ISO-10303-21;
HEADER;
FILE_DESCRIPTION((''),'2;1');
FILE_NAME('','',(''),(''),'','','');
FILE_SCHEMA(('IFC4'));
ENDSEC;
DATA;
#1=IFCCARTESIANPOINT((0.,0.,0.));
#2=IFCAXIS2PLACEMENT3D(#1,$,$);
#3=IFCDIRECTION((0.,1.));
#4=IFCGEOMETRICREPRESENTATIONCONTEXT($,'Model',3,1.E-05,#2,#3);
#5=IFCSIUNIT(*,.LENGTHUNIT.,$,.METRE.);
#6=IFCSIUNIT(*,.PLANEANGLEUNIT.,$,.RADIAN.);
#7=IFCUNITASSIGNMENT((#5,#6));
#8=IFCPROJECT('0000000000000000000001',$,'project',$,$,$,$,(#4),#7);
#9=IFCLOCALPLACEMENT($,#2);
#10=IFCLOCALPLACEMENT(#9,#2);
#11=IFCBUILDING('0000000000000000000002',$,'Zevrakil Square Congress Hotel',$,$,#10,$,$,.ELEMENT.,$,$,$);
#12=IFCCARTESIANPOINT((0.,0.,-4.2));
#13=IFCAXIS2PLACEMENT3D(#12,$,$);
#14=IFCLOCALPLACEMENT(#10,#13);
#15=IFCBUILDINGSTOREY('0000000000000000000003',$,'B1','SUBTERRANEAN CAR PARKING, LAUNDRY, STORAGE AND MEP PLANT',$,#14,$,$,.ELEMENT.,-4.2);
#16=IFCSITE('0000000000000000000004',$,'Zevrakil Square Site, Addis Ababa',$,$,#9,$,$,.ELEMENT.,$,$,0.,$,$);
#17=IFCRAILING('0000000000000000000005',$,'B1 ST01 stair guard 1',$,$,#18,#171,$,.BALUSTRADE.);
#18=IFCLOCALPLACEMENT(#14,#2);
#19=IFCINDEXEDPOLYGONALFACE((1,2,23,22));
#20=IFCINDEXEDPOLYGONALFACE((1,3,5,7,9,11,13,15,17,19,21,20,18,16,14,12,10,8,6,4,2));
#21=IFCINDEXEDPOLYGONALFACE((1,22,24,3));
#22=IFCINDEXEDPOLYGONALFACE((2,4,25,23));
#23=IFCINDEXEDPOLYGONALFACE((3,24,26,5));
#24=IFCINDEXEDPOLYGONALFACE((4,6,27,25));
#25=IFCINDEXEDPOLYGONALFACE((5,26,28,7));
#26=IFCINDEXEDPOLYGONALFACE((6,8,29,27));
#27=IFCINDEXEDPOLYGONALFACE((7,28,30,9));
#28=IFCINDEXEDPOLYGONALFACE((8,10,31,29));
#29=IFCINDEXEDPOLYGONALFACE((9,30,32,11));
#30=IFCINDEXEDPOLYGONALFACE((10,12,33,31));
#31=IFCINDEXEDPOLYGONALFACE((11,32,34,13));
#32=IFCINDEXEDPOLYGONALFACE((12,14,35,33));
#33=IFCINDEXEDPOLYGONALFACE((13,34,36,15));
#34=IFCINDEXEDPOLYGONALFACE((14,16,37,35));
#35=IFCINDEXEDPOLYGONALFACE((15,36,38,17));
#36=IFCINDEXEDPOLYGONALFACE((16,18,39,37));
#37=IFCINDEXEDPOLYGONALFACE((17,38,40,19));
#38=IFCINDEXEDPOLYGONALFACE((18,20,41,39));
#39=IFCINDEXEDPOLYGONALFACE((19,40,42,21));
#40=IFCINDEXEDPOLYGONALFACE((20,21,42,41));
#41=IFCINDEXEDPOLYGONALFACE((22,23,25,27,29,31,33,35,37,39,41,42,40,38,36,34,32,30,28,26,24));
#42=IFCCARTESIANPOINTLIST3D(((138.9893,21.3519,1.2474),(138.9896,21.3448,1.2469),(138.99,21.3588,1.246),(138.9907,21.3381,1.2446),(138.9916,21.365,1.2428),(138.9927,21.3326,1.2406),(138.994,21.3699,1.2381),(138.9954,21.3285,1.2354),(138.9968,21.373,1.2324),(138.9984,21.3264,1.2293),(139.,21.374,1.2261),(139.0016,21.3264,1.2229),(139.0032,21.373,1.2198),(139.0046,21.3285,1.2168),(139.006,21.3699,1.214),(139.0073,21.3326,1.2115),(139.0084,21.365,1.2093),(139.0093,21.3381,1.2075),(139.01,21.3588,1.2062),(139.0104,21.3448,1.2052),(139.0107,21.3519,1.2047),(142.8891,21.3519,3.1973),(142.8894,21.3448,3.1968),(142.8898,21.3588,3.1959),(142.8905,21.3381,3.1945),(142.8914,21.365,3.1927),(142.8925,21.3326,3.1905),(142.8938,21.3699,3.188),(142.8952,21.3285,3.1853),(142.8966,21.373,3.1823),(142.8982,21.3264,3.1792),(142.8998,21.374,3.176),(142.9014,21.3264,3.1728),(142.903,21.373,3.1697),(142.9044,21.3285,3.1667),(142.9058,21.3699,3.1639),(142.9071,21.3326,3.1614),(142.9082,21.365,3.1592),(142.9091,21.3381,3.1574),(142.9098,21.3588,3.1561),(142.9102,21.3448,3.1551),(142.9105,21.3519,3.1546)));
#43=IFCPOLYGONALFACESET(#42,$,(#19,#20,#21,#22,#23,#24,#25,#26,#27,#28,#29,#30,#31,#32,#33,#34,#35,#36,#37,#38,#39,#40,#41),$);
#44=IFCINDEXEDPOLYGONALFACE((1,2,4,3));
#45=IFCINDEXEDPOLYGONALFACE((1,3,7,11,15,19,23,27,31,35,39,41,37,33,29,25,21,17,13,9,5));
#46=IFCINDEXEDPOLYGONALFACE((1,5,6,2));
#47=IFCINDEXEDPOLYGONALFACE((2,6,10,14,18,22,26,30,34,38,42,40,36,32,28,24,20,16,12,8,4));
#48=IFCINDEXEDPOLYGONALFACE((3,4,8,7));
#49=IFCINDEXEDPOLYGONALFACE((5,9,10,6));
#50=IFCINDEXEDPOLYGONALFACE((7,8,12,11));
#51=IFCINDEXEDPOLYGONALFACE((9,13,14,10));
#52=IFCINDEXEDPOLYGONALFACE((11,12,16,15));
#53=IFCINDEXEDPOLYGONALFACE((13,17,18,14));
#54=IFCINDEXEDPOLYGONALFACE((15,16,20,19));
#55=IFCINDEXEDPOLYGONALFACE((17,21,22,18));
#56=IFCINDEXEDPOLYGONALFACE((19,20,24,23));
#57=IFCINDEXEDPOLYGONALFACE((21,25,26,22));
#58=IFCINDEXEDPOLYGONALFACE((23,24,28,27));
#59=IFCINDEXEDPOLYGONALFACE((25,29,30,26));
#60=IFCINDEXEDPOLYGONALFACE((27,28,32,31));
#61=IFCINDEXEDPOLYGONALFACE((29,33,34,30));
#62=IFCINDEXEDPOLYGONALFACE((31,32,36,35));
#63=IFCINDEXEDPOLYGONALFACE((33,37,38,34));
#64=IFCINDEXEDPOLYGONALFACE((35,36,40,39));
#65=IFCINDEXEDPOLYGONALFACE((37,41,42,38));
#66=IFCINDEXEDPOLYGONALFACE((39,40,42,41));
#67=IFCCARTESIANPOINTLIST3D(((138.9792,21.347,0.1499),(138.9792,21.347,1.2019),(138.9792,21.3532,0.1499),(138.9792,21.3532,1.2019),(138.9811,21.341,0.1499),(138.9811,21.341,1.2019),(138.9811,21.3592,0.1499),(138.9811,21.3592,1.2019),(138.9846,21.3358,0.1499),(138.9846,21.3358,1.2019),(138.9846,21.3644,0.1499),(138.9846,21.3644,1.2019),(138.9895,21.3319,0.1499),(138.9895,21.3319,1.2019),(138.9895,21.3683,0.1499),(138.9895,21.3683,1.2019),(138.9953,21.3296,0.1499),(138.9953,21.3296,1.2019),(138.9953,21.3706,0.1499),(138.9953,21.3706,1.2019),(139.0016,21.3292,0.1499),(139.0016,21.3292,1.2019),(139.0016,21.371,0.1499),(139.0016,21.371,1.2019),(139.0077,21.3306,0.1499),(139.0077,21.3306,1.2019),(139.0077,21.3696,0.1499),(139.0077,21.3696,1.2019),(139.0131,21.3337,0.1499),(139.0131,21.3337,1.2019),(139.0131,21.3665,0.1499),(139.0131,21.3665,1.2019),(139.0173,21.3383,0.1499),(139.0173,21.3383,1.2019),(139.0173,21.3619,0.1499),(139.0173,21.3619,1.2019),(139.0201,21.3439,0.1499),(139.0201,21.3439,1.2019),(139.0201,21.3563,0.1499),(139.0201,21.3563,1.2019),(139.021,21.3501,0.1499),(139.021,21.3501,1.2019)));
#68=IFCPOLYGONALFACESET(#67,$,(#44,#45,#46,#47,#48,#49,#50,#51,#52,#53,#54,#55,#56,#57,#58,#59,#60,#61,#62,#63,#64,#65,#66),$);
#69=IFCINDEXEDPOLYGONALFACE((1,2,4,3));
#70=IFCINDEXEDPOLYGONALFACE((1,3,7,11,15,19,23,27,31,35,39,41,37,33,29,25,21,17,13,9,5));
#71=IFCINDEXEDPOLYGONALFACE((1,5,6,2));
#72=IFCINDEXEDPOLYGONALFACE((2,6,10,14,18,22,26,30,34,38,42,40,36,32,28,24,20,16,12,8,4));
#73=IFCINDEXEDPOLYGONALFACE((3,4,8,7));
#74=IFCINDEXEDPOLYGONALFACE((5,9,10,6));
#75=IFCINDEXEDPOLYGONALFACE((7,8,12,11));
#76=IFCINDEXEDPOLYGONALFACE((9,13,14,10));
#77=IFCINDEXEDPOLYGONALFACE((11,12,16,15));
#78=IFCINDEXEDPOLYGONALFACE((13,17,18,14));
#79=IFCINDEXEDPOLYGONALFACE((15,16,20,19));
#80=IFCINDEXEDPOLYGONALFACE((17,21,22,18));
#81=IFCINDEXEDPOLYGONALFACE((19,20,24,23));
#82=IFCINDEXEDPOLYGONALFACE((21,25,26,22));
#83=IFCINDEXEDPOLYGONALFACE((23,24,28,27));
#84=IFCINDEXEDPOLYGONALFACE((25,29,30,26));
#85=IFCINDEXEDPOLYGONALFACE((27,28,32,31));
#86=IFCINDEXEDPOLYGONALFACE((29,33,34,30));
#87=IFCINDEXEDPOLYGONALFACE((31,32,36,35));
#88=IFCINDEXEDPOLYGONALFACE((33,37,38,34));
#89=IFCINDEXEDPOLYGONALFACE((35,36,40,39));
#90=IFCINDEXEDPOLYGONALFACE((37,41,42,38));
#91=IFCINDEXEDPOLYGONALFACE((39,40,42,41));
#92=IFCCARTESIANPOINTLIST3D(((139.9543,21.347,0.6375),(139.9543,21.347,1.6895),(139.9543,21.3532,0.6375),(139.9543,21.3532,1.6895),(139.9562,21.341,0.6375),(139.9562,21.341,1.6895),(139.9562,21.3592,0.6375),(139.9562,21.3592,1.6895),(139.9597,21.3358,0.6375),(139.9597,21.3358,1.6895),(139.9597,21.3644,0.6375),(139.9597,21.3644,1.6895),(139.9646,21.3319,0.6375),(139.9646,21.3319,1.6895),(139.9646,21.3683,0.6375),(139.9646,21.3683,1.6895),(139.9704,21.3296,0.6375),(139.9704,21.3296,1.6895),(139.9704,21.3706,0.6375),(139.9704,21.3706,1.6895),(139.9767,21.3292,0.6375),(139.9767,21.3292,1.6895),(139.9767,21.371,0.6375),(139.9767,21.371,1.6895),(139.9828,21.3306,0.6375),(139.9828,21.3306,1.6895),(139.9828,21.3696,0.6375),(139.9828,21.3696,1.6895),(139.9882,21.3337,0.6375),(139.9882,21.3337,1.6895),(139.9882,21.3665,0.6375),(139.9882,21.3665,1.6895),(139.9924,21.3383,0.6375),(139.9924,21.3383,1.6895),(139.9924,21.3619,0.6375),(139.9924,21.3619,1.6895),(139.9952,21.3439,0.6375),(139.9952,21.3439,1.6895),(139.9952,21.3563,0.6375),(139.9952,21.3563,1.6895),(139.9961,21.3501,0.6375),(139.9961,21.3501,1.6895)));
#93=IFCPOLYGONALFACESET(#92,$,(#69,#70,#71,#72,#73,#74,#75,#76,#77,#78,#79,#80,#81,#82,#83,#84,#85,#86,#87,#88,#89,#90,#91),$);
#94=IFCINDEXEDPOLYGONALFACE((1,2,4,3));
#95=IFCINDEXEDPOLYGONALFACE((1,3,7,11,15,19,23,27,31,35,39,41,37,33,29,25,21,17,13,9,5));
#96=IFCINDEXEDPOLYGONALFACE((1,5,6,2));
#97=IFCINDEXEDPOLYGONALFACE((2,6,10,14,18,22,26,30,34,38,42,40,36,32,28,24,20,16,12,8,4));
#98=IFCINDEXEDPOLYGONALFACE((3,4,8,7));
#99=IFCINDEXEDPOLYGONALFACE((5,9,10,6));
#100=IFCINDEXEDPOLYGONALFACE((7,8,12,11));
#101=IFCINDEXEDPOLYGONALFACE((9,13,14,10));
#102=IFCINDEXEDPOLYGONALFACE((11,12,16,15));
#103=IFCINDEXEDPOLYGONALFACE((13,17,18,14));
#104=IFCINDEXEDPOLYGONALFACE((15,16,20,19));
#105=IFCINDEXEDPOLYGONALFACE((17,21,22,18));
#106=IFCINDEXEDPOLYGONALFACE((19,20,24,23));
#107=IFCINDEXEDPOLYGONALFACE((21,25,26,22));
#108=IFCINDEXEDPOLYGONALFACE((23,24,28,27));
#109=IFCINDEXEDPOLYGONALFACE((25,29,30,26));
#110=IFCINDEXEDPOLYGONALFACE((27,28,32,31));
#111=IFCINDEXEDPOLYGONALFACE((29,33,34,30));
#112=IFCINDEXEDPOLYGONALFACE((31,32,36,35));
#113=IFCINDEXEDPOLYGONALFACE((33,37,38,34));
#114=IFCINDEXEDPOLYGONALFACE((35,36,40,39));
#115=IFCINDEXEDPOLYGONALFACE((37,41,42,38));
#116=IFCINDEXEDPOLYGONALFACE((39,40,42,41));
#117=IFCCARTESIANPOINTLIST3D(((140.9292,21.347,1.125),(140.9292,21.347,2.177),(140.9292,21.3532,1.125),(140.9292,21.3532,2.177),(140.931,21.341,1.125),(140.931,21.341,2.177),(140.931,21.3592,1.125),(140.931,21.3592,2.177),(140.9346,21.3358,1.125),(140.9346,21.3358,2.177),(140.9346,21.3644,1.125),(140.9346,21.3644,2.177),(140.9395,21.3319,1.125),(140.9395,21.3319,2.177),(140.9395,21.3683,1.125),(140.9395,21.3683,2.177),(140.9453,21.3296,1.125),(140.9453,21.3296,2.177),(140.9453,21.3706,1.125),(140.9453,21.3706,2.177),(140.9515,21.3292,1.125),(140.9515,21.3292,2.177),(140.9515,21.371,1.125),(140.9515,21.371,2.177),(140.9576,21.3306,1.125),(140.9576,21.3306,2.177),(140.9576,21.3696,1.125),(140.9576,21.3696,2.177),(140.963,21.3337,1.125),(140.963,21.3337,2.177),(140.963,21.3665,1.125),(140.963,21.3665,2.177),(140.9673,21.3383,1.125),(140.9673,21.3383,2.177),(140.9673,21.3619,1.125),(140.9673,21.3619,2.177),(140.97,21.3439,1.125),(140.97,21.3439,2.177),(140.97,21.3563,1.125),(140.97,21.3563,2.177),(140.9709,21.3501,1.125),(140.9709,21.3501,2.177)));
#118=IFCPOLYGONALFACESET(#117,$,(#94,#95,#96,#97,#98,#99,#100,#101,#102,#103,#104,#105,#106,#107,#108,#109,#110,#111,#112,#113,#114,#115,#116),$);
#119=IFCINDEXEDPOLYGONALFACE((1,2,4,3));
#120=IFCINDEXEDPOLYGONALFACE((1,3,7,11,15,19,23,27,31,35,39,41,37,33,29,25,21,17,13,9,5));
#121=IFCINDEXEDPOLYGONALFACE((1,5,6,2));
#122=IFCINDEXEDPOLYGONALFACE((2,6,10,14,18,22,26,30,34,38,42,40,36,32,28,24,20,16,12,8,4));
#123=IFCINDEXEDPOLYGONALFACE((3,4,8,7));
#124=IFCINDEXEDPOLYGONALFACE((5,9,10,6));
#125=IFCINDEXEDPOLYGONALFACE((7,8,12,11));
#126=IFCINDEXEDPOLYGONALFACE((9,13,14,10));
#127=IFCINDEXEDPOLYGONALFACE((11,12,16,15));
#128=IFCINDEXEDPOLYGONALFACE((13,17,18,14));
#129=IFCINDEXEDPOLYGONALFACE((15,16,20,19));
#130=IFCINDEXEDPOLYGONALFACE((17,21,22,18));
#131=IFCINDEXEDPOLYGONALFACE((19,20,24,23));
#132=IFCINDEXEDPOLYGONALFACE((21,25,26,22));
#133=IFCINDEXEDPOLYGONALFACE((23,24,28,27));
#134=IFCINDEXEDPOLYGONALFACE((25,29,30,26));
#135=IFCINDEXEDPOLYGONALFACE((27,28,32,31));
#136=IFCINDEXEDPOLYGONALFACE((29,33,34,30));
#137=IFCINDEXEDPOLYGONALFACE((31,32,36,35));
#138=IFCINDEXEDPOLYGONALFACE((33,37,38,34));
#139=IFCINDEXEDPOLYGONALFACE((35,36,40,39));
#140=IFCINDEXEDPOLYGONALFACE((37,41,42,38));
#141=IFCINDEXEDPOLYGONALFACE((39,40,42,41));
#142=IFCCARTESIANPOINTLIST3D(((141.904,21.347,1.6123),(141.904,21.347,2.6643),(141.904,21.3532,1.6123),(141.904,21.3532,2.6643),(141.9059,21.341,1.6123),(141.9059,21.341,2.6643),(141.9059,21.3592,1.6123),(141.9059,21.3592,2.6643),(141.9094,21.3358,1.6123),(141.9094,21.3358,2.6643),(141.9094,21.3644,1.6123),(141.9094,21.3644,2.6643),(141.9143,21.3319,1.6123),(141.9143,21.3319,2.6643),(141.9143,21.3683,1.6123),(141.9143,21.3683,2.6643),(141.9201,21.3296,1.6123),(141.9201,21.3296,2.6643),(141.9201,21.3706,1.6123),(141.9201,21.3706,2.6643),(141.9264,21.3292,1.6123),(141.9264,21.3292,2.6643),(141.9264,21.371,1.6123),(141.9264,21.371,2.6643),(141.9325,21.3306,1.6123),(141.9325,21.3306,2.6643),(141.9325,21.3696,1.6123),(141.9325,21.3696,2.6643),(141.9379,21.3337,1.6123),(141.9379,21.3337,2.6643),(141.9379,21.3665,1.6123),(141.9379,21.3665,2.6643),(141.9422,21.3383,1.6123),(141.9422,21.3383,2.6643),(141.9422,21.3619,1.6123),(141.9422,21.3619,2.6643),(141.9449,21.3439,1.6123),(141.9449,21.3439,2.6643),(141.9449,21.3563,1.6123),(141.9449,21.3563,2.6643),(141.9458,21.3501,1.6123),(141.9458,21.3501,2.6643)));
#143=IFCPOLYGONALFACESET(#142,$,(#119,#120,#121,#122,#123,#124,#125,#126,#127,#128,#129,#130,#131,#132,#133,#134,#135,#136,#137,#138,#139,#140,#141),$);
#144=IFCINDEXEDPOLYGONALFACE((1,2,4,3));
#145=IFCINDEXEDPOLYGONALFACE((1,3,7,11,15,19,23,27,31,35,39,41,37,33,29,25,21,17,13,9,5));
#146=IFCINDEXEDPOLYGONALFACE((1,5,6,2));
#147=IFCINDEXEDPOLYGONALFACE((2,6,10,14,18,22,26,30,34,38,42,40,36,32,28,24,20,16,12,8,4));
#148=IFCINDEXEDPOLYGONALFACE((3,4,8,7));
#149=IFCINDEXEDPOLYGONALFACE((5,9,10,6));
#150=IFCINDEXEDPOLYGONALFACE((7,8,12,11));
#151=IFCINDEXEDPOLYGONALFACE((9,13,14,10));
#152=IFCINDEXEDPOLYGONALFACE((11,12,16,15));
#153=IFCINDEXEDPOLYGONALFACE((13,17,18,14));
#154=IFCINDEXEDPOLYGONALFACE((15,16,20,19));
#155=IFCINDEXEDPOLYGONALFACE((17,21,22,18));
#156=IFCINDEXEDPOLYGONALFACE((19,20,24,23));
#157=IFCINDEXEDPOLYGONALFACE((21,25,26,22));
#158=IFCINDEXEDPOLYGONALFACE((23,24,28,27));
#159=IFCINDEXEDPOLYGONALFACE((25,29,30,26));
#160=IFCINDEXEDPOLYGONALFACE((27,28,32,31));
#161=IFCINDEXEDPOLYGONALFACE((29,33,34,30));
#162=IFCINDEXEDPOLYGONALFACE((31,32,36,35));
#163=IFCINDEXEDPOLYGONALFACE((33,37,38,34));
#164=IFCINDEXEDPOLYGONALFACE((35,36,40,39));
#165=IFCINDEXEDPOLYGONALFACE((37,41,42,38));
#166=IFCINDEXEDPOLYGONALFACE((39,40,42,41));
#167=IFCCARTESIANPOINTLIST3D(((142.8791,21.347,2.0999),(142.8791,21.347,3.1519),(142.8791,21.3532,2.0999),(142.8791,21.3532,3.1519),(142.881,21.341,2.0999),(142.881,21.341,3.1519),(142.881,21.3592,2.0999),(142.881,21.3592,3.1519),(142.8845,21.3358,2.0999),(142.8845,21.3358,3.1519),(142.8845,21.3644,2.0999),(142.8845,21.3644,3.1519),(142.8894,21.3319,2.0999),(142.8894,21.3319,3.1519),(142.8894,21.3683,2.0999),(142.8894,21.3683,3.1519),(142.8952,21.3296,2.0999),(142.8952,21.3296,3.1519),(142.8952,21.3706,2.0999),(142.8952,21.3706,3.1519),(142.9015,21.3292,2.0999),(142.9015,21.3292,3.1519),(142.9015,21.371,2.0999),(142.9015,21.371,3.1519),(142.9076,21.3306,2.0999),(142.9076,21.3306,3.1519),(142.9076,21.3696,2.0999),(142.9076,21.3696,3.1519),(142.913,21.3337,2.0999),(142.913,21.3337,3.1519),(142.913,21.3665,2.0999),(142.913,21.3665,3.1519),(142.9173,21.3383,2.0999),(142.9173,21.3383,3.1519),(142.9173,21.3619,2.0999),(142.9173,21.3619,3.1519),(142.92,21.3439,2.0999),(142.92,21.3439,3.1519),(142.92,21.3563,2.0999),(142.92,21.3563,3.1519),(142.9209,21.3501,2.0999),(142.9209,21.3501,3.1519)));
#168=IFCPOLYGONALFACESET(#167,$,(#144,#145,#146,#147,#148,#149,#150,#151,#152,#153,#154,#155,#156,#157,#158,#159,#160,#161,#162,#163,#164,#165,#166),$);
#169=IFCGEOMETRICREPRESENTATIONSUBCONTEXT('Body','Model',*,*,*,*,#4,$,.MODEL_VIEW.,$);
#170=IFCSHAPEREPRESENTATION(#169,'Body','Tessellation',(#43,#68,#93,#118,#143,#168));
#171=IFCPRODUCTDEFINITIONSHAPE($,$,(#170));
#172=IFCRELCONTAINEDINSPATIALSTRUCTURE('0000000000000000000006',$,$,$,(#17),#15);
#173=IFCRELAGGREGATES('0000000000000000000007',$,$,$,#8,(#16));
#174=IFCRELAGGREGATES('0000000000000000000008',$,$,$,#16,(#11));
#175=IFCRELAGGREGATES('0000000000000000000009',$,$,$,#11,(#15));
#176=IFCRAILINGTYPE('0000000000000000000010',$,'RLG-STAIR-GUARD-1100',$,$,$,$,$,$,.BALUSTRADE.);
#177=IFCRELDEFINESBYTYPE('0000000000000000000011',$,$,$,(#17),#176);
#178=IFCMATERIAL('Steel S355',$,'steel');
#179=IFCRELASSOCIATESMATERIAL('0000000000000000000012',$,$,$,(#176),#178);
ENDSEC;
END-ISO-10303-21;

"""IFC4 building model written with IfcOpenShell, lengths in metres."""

from ifc_helpers import new_model, si_unit, direction, frame, origin, origin_2d, place, context, subcontext, project, spatial, circle, extrude, material, type_object, element, save


model = new_model("IFC4")

# Units and contexts
model_context = context("Model", 3, precision=1e-05, world=origin(), true_north=direction((0.0, 1.0)))
body_context = subcontext(model_context, "Body", "Model", "MODEL_VIEW")
ifc_project = project(units=[si_unit("LENGTHUNIT", "METRE"), si_unit("PLANEANGLEUNIT", "RADIAN")], contexts=[model_context])

# Site, building, storey
site_placement = place(None, origin())
site = spatial("IfcSite", under=ifc_project, at=site_placement, Name="Zevrakil Square Site, Addis Ababa", CompositionType="ELEMENT", RefElevation=0.0)
building_placement = place(site_placement, origin())
building = spatial("IfcBuilding", under=site, at=building_placement, Name="Zevrakil Square Congress Hotel", CompositionType="ELEMENT")
storey_placement = place(building_placement, frame((0.0, 0.0, -4.2)))
storey = spatial("IfcBuildingStorey", under=building, at=storey_placement, Name="B1", Description="SUBTERRANEAN CAR PARKING, LAUNDRY, STORAGE AND MEP PLANT", CompositionType="ELEMENT", Elevation=-4.2)

# Railing
ifc_material_1 = material(Name="Steel S355", Category="steel")
railing_type_1 = type_object("IfcRailingType", Name="RLG-STAIR-GUARD-1100", PredefinedType="BALUSTRADE", material=ifc_material_1)
railing_1_placement = place(storey_placement, frame((139.0, 21.3501, 0.1499)))
element("IfcRailing", 1, at=railing_1_placement, inside=storey, type_object=railing_type_1, Name="B1 ST01 stair guard 1", PredefinedType="BALUSTRADE", context=body_context, shape_type="SweptSolid", body=[
    extrude(circle(Radius=0.0239, at=origin_2d()), frame((0.0, 0.0, 1.0762), z_axis=(0.894427, 0.0, 0.447214), x_axis=(0.0, 1.0, 0.0)), (0.0, 0.0, 1.0), 4.3601),
    extrude(circle(Radius=0.021, at=origin_2d()), origin(), (0.0, 0.0, 1.0), 1.052),
    extrude(circle(Radius=0.021, at=origin_2d()), frame((0.9751, 0.0, 0.4875)), (0.0, 0.0, 1.0), 1.052),
    extrude(circle(Radius=0.021, at=origin_2d()), frame((1.95, 0.0, 0.9751)), (0.0, 0.0, 1.0), 1.052),
    extrude(circle(Radius=0.021, at=origin_2d()), frame((2.9248, 0.0, 1.4624)), (0.0, 0.0, 1.0), 1.052),
    extrude(circle(Radius=0.021, at=origin_2d()), frame((3.8999, 0.0, 1.95)), (0.0, 0.0, 1.0), 1.052),
])

save(model, "model.ifc")
